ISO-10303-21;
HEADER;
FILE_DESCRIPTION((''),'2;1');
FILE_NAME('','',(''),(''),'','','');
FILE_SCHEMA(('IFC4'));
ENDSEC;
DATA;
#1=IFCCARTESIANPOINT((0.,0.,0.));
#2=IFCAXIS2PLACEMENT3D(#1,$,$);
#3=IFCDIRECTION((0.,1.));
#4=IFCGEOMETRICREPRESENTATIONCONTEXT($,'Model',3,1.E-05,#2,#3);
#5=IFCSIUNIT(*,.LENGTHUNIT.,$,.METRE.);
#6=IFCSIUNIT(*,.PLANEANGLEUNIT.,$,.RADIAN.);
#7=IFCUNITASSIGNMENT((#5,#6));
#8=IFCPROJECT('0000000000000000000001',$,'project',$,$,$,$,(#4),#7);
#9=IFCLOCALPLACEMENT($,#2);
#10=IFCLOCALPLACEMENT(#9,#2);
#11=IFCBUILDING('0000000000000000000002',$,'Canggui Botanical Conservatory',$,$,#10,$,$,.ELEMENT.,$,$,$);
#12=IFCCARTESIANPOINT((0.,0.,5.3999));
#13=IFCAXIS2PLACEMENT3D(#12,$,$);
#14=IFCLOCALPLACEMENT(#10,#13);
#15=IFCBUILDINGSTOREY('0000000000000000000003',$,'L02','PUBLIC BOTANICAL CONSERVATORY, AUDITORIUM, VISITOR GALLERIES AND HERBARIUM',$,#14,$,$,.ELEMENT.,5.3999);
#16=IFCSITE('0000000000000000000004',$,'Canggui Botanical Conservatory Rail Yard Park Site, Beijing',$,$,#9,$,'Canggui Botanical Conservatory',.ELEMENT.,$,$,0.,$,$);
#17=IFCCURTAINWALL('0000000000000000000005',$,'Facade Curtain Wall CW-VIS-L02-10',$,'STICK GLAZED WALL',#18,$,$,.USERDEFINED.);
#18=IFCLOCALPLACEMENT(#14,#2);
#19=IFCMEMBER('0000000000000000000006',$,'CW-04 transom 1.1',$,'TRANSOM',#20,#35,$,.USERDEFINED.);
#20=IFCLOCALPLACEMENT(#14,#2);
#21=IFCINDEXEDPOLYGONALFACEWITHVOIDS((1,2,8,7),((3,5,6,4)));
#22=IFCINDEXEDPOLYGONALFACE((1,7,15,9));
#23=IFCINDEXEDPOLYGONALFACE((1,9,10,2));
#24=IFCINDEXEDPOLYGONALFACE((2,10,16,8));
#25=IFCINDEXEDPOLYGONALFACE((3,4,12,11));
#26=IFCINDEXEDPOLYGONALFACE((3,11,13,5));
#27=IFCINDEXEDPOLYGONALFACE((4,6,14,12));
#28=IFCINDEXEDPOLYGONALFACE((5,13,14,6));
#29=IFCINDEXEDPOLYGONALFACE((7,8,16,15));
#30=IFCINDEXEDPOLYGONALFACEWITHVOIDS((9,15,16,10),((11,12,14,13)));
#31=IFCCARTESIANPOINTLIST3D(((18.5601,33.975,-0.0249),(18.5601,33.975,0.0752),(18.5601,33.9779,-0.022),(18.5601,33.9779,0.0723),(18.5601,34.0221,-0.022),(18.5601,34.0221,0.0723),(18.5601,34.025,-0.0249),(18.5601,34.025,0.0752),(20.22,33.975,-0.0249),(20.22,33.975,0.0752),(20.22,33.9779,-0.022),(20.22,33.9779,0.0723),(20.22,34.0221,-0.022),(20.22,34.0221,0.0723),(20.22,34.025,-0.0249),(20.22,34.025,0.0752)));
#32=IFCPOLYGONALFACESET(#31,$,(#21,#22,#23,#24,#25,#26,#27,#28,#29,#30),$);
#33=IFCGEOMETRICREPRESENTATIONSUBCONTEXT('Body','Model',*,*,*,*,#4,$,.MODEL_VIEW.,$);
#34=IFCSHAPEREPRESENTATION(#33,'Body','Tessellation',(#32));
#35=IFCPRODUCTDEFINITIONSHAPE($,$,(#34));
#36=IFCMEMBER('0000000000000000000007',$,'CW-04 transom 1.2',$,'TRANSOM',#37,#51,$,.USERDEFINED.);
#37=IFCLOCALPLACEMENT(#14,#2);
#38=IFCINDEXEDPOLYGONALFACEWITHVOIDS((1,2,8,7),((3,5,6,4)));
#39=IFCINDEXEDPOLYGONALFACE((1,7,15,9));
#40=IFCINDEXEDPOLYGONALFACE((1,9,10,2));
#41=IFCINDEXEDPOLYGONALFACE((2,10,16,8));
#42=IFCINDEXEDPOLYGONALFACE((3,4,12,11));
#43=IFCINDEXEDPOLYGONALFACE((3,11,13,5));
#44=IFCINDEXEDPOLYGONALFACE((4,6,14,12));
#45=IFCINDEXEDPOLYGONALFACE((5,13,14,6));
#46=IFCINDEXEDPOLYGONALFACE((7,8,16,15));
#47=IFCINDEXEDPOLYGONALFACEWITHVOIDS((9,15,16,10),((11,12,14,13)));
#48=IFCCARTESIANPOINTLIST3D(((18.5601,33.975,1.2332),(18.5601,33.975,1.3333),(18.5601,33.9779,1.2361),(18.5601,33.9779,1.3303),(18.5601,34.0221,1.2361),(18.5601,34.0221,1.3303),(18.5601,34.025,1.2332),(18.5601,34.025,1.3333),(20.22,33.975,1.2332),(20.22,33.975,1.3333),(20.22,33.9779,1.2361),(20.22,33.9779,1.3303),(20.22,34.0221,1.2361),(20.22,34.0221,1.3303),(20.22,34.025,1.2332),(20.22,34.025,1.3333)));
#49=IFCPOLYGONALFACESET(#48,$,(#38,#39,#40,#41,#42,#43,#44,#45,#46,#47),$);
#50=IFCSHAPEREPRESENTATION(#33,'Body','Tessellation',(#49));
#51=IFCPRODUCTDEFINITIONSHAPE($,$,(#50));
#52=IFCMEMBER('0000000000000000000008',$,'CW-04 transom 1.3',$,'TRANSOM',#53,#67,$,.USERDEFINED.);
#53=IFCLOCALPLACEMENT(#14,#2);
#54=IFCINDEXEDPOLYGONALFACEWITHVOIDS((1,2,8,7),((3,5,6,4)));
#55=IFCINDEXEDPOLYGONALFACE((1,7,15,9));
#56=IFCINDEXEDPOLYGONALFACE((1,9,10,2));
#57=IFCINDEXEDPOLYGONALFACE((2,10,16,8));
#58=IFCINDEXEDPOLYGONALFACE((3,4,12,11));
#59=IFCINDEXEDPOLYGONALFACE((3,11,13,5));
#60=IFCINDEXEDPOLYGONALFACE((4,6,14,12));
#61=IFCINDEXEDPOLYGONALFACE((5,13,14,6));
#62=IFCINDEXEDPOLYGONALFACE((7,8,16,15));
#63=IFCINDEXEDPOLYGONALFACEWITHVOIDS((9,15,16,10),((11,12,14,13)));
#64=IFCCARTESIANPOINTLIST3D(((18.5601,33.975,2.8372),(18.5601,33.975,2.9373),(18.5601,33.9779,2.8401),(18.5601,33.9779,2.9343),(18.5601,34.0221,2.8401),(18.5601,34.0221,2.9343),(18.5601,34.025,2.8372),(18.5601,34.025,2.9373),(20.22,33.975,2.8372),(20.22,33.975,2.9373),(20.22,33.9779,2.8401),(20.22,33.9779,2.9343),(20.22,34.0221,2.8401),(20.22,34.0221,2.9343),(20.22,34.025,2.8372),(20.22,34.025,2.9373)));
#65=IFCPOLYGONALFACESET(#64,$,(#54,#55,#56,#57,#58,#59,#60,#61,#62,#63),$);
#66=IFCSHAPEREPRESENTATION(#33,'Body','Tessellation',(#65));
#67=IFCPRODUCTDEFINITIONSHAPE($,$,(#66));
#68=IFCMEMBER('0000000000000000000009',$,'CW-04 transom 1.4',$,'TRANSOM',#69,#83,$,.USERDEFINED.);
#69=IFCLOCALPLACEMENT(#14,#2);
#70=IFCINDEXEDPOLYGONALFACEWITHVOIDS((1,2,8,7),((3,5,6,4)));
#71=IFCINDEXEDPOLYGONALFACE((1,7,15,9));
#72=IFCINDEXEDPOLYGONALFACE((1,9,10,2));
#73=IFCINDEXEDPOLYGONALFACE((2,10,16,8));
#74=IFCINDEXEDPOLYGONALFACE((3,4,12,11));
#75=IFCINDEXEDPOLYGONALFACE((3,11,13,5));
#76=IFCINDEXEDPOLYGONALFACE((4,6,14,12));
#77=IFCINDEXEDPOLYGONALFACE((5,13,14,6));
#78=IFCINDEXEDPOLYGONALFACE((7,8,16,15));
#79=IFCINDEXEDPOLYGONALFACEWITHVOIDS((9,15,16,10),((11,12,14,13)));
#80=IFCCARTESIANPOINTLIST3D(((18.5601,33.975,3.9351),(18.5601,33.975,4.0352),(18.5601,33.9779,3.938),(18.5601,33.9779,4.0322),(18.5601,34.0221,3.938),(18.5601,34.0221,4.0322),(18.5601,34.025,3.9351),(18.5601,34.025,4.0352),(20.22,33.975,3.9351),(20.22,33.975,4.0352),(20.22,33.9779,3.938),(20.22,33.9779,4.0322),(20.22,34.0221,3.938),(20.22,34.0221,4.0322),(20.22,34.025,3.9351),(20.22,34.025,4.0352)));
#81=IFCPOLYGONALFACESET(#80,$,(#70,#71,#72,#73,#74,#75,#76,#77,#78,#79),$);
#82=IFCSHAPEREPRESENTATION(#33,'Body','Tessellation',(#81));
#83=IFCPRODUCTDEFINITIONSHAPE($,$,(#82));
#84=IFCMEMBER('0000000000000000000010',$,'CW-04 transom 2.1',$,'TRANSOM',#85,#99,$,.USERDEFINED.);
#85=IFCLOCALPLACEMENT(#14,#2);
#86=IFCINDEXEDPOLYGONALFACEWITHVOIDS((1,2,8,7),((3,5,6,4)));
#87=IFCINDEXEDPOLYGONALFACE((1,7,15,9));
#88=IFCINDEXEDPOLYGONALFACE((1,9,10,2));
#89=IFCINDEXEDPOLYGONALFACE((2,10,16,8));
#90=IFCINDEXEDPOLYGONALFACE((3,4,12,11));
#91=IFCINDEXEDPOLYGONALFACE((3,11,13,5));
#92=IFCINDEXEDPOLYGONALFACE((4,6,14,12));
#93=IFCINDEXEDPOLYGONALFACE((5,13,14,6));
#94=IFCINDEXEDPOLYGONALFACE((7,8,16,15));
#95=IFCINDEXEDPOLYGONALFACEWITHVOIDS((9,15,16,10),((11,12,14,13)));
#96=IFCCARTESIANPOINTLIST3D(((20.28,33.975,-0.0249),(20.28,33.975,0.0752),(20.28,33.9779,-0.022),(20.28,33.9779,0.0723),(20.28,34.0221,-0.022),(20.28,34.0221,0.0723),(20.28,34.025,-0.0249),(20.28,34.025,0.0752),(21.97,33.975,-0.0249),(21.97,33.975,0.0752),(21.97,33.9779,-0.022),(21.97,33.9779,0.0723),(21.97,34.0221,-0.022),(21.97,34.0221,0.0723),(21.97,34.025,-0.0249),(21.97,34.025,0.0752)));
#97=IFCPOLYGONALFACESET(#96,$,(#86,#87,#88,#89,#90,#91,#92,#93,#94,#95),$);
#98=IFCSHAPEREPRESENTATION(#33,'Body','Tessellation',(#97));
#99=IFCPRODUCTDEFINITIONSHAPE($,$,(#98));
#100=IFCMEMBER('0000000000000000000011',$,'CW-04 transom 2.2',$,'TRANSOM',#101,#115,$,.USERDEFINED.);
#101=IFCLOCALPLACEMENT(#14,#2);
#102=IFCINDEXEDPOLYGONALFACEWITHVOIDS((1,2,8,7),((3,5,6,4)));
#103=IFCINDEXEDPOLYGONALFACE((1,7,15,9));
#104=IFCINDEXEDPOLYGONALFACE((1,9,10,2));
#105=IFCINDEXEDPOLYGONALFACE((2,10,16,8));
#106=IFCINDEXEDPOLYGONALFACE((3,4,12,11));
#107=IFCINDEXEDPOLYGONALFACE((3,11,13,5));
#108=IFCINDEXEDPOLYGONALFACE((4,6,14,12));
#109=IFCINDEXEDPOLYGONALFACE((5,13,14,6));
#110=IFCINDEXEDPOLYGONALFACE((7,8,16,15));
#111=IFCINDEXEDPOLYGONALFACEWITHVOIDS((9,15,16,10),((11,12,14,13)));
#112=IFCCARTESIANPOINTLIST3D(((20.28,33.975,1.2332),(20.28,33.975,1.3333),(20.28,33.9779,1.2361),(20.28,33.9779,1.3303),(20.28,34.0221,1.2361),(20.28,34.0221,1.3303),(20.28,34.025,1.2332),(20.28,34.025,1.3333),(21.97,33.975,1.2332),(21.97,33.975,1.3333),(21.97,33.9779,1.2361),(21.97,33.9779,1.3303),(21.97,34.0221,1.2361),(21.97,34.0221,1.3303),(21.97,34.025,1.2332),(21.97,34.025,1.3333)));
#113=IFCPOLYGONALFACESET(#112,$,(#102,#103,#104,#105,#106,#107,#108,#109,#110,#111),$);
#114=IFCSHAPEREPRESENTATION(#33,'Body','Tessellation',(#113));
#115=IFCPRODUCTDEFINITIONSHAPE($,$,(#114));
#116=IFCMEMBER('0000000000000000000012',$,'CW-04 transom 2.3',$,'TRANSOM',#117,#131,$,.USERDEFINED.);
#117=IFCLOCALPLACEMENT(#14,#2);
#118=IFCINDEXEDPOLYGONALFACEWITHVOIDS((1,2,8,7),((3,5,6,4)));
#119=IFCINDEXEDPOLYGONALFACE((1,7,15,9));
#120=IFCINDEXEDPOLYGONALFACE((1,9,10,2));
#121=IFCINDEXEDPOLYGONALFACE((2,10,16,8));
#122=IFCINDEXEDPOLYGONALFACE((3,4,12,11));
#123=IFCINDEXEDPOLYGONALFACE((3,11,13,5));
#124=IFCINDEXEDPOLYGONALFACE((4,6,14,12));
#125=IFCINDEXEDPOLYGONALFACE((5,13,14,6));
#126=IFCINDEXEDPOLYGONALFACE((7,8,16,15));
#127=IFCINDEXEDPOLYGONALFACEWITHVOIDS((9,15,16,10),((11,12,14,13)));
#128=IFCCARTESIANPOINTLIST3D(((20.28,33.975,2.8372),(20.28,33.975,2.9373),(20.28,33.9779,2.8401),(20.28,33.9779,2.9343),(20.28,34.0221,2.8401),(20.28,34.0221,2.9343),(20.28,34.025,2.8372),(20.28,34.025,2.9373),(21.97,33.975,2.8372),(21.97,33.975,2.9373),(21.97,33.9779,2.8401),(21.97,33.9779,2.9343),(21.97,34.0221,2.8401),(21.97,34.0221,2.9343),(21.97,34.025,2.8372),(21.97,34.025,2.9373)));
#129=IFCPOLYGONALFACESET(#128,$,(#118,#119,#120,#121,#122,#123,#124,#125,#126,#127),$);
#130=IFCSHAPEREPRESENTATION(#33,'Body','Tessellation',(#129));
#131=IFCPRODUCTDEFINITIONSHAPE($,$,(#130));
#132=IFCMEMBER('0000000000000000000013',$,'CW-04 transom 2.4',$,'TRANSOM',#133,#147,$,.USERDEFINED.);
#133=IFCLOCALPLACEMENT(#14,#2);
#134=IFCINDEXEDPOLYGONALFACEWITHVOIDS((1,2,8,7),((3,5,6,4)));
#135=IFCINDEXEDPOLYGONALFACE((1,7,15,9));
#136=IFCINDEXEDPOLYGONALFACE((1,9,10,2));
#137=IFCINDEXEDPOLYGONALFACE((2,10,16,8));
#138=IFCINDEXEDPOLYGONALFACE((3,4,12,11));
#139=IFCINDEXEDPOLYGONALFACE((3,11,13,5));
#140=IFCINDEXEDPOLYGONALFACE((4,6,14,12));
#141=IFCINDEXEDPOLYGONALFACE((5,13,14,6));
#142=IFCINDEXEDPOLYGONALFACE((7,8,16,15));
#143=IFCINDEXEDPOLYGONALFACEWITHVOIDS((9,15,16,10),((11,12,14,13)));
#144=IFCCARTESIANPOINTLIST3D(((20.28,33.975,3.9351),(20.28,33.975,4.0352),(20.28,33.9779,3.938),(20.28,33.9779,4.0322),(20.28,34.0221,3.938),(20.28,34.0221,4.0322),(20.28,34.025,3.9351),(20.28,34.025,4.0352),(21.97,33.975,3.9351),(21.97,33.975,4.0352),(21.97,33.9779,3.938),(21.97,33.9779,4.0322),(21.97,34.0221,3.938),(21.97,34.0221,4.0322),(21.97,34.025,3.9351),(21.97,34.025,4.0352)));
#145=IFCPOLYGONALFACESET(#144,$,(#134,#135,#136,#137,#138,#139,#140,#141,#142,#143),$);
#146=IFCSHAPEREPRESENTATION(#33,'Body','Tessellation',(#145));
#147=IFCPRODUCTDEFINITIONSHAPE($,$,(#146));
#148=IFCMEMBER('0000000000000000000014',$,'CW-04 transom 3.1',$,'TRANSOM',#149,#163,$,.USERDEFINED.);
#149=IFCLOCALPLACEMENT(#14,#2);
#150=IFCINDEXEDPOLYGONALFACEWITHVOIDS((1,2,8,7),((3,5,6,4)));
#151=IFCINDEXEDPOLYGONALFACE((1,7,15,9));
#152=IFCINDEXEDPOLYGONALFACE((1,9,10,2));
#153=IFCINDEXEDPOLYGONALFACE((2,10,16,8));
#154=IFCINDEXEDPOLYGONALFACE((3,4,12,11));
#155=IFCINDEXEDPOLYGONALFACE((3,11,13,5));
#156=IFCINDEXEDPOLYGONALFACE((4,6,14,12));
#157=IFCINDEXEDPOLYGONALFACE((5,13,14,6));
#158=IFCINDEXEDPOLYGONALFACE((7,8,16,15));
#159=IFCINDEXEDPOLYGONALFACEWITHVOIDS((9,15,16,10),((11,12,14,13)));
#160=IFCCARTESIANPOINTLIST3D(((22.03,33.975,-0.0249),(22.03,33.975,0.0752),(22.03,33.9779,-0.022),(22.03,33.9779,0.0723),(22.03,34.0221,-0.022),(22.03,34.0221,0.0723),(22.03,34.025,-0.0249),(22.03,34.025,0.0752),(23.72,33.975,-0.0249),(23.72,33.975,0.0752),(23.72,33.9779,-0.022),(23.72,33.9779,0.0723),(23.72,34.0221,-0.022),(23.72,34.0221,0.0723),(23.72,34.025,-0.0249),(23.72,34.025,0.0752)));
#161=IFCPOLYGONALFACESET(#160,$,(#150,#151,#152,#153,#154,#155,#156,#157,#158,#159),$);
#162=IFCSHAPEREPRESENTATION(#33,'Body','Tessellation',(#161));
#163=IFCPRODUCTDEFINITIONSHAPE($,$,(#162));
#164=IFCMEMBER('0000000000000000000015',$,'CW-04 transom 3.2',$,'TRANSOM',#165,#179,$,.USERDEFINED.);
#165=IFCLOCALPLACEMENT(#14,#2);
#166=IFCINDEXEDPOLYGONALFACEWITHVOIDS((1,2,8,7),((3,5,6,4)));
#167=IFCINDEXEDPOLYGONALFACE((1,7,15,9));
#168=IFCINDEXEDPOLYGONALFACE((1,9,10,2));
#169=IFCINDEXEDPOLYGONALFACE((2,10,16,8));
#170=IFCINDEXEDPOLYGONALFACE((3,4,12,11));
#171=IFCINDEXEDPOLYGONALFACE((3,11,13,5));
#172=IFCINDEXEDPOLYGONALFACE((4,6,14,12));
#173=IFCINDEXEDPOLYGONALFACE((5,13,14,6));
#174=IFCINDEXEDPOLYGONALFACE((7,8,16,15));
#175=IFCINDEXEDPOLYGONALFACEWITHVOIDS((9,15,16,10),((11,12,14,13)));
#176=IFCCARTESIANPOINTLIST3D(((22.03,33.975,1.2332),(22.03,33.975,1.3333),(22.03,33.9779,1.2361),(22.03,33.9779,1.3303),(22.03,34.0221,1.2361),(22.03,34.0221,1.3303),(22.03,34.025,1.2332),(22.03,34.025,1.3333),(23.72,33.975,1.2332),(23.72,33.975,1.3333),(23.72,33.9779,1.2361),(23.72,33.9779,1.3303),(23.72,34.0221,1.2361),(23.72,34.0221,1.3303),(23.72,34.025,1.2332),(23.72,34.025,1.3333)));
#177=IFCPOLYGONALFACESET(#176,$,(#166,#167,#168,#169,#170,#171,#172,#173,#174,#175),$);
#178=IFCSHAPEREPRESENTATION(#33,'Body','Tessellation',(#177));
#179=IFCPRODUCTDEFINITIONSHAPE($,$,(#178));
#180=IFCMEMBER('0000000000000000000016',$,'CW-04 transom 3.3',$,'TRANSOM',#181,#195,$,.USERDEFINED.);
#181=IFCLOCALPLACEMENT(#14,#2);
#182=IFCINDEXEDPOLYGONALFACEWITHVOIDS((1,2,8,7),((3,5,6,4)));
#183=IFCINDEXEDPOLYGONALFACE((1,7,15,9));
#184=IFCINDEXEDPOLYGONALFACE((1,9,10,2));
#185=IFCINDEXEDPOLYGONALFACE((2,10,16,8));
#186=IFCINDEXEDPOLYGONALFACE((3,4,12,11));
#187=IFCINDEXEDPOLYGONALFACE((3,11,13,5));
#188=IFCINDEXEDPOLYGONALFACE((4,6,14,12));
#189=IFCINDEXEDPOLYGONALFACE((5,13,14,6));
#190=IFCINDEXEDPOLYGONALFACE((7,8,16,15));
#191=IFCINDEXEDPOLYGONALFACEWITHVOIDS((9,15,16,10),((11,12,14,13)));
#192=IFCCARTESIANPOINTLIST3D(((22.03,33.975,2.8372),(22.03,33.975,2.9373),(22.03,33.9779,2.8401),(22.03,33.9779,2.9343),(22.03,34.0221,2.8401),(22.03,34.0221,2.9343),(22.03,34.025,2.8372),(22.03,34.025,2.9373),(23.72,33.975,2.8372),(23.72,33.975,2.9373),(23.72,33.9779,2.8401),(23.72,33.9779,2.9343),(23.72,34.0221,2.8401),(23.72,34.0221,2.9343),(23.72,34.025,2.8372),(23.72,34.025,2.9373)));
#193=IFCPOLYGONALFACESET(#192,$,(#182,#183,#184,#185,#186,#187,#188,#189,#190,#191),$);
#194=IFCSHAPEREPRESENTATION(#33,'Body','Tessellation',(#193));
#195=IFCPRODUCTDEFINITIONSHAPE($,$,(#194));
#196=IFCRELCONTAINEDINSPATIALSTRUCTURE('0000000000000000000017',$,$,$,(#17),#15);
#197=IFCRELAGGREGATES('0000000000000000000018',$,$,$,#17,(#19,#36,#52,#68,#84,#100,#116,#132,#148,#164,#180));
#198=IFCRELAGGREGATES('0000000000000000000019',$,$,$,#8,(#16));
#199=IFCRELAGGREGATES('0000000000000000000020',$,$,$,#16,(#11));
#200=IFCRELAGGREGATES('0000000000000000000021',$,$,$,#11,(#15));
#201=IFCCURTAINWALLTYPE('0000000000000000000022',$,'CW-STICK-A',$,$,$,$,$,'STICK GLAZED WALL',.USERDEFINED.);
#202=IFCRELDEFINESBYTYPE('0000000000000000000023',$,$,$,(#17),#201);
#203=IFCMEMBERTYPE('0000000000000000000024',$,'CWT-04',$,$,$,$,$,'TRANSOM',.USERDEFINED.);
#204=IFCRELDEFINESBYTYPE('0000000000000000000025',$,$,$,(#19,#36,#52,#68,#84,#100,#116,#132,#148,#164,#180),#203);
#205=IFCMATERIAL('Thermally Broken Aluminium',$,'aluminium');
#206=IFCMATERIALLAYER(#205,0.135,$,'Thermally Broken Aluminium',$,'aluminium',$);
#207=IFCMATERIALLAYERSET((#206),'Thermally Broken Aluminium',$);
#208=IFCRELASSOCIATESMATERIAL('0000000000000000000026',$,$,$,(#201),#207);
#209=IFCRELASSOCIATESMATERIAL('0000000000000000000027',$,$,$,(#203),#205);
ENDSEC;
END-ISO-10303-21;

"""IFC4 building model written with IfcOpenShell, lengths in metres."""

from ifc_helpers import new_model, si_unit, direction, frame, origin, origin_2d, place, context, subcontext, project, spatial, hollow_rectangle, extrude, material, layer, layer_set, material_profile, profile_set, type_object, element, aggregate, save


model = new_model("IFC4")

# Units and contexts
model_context = context("Model", 3, precision=1e-05, world=origin(), true_north=direction((0.0, 1.0)))
body_context = subcontext(model_context, "Body", "Model", "MODEL_VIEW")
ifc_project = project(units=[si_unit("LENGTHUNIT", "METRE"), si_unit("PLANEANGLEUNIT", "RADIAN")], contexts=[model_context])

# Site, building, storey
site_placement = place(None, origin())
site = spatial("IfcSite", under=ifc_project, at=site_placement, Name="Canggui Botanical Conservatory Rail Yard Park Site, Beijing", LongName="Canggui Botanical Conservatory", CompositionType="ELEMENT", RefElevation=0.0)
building_placement = place(site_placement, origin())
building = spatial("IfcBuilding", under=site, at=building_placement, Name="Canggui Botanical Conservatory", CompositionType="ELEMENT")
storey_placement = place(building_placement, frame((0.0, 0.0, 5.3999)))
storey = spatial("IfcBuildingStorey", under=building, at=storey_placement, Name="L02", Description="PUBLIC BOTANICAL CONSERVATORY, AUDITORIUM, VISITOR GALLERIES AND HERBARIUM", CompositionType="ELEMENT", Elevation=5.3999)

# Curtain wall, members
ifc_material_1 = material(Name="Thermally Broken Aluminium", Category="aluminium")
ifc_layer_1 = layer(ifc_material_1, 0.135, Name="Thermally Broken Aluminium", Category="aluminium")
ifc_layer_set_1 = layer_set([ifc_layer_1], Name="Thermally Broken Aluminium")
curtain_wall_type = type_object("IfcCurtainWallType", Name="CW-STICK-A", ElementType="STICK GLAZED WALL", PredefinedType="USERDEFINED", material=ifc_layer_set_1)
curtain_wall_placement = place(storey_placement, origin())
curtain_wall = element("IfcCurtainWall", 1, at=curtain_wall_placement, inside=storey, type_object=curtain_wall_type, Name="Facade Curtain Wall CW-VIS-L02-10", ObjectType="STICK GLAZED WALL", PredefinedType="USERDEFINED")
ifc_material_profile_1 = material_profile(ifc_material_1, hollow_rectangle(XDim=0.05, YDim=0.1001, WallThickness=0.0029, at=origin_2d()), Name="CWT 50x100x3")
ifc_profile_set_1 = profile_set([ifc_material_profile_1], Name="Thermally Broken Aluminium")
member_type_1 = type_object("IfcMemberType", Name="CWT-04", ElementType="TRANSOM", PredefinedType="USERDEFINED", material=ifc_profile_set_1)
member_1_placement = place(storey_placement, frame((18.5601, 34.0, 0.0251), z_axis=(1.0, 0.0, 0.0), x_axis=(0.0, 1.0, 0.0)))
member_1 = element("IfcMember", 2, at=member_1_placement, type_object=member_type_1, Name="CW-04 transom 1.1", ObjectType="TRANSOM", PredefinedType="USERDEFINED", context=body_context, shape_type="SweptSolid", body=[
    extrude(hollow_rectangle(XDim=0.05, YDim=0.1001, WallThickness=0.0029, at=origin_2d()), origin(), (0.0, 0.0, 1.0), 1.6599),
])
member_2_placement = place(storey_placement, frame((18.5601, 34.0, 1.2832), z_axis=(1.0, 0.0, 0.0), x_axis=(0.0, 1.0, 0.0)))
member_2 = element("IfcMember", 3, at=member_2_placement, type_object=member_type_1, Name="CW-04 transom 1.2", ObjectType="TRANSOM", PredefinedType="USERDEFINED", context=body_context, shape_type="SweptSolid", body=[
    extrude(hollow_rectangle(XDim=0.05, YDim=0.1001, WallThickness=0.0029, at=origin_2d()), origin(), (0.0, 0.0, 1.0), 1.6599),
])
member_3_placement = place(storey_placement, frame((18.5601, 34.0, 2.8872), z_axis=(1.0, 0.0, 0.0), x_axis=(0.0, 1.0, 0.0)))
member_3 = element("IfcMember", 4, at=member_3_placement, type_object=member_type_1, Name="CW-04 transom 1.3", ObjectType="TRANSOM", PredefinedType="USERDEFINED", context=body_context, shape_type="SweptSolid", body=[
    extrude(hollow_rectangle(XDim=0.05, YDim=0.1001, WallThickness=0.0029, at=origin_2d()), origin(), (0.0, 0.0, 1.0), 1.6599),
])
member_4_placement = place(storey_placement, frame((18.5601, 34.0, 3.9851), z_axis=(1.0, 0.0, 0.0), x_axis=(0.0, 1.0, 0.0)))
member_4 = element("IfcMember", 5, at=member_4_placement, type_object=member_type_1, Name="CW-04 transom 1.4", ObjectType="TRANSOM", PredefinedType="USERDEFINED", context=body_context, shape_type="SweptSolid", body=[
    extrude(hollow_rectangle(XDim=0.05, YDim=0.1001, WallThickness=0.0029, at=origin_2d()), origin(), (0.0, 0.0, 1.0), 1.6599),
])
member_5_placement = place(storey_placement, frame((20.28, 34.0, 0.0251), z_axis=(1.0, 0.0, 0.0), x_axis=(0.0, 1.0, 0.0)))
member_5 = element("IfcMember", 6, at=member_5_placement, type_object=member_type_1, Name="CW-04 transom 2.1", ObjectType="TRANSOM", PredefinedType="USERDEFINED", context=body_context, shape_type="SweptSolid", body=[
    extrude(hollow_rectangle(XDim=0.05, YDim=0.1001, WallThickness=0.0029, at=origin_2d()), origin(), (0.0, 0.0, 1.0), 1.6899),
])
member_6_placement = place(storey_placement, frame((20.28, 34.0, 1.2832), z_axis=(1.0, 0.0, 0.0), x_axis=(0.0, 1.0, 0.0)))
member_6 = element("IfcMember", 7, at=member_6_placement, type_object=member_type_1, Name="CW-04 transom 2.2", ObjectType="TRANSOM", PredefinedType="USERDEFINED", context=body_context, shape_type="SweptSolid", body=[
    extrude(hollow_rectangle(XDim=0.05, YDim=0.1001, WallThickness=0.0029, at=origin_2d()), origin(), (0.0, 0.0, 1.0), 1.6899),
])
member_7_placement = place(storey_placement, frame((20.28, 34.0, 2.8872), z_axis=(1.0, 0.0, 0.0), x_axis=(0.0, 1.0, 0.0)))
member_7 = element("IfcMember", 8, at=member_7_placement, type_object=member_type_1, Name="CW-04 transom 2.3", ObjectType="TRANSOM", PredefinedType="USERDEFINED", context=body_context, shape_type="SweptSolid", body=[
    extrude(hollow_rectangle(XDim=0.05, YDim=0.1001, WallThickness=0.0029, at=origin_2d()), origin(), (0.0, 0.0, 1.0), 1.6899),
])
member_8_placement = place(storey_placement, frame((20.28, 34.0, 3.9851), z_axis=(1.0, 0.0, 0.0), x_axis=(0.0, 1.0, 0.0)))
member_8 = element("IfcMember", 9, at=member_8_placement, type_object=member_type_1, Name="CW-04 transom 2.4", ObjectType="TRANSOM", PredefinedType="USERDEFINED", context=body_context, shape_type="SweptSolid", body=[
    extrude(hollow_rectangle(XDim=0.05, YDim=0.1001, WallThickness=0.0029, at=origin_2d()), origin(), (0.0, 0.0, 1.0), 1.6899),
])
member_9_placement = place(storey_placement, frame((22.03, 34.0, 0.0251), z_axis=(1.0, 0.0, 0.0), x_axis=(0.0, 1.0, 0.0)))
member_9 = element("IfcMember", 10, at=member_9_placement, type_object=member_type_1, Name="CW-04 transom 3.1", ObjectType="TRANSOM", PredefinedType="USERDEFINED", context=body_context, shape_type="SweptSolid", body=[
    extrude(hollow_rectangle(XDim=0.05, YDim=0.1001, WallThickness=0.0029, at=origin_2d()), origin(), (0.0, 0.0, 1.0), 1.6899),
])
member_10_placement = place(storey_placement, frame((22.03, 34.0, 1.2832), z_axis=(1.0, 0.0, 0.0), x_axis=(0.0, 1.0, 0.0)))
member_10 = element("IfcMember", 11, at=member_10_placement, type_object=member_type_1, Name="CW-04 transom 3.2", ObjectType="TRANSOM", PredefinedType="USERDEFINED", context=body_context, shape_type="SweptSolid", body=[
    extrude(hollow_rectangle(XDim=0.05, YDim=0.1001, WallThickness=0.0029, at=origin_2d()), origin(), (0.0, 0.0, 1.0), 1.6899),
])
member_11_placement = place(storey_placement, frame((22.03, 34.0, 2.8872), z_axis=(1.0, 0.0, 0.0), x_axis=(0.0, 1.0, 0.0)))
member_11 = element("IfcMember", 12, at=member_11_placement, type_object=member_type_1, Name="CW-04 transom 3.3", ObjectType="TRANSOM", PredefinedType="USERDEFINED", context=body_context, shape_type="SweptSolid", body=[
    extrude(hollow_rectangle(XDim=0.05, YDim=0.1001, WallThickness=0.0029, at=origin_2d()), origin(), (0.0, 0.0, 1.0), 1.6899),
])
aggregate(curtain_wall, [member_1, member_2, member_3, member_4, member_5, member_6, member_7, member_8, member_9, member_10, member_11])

save(model, "model.ifc")
